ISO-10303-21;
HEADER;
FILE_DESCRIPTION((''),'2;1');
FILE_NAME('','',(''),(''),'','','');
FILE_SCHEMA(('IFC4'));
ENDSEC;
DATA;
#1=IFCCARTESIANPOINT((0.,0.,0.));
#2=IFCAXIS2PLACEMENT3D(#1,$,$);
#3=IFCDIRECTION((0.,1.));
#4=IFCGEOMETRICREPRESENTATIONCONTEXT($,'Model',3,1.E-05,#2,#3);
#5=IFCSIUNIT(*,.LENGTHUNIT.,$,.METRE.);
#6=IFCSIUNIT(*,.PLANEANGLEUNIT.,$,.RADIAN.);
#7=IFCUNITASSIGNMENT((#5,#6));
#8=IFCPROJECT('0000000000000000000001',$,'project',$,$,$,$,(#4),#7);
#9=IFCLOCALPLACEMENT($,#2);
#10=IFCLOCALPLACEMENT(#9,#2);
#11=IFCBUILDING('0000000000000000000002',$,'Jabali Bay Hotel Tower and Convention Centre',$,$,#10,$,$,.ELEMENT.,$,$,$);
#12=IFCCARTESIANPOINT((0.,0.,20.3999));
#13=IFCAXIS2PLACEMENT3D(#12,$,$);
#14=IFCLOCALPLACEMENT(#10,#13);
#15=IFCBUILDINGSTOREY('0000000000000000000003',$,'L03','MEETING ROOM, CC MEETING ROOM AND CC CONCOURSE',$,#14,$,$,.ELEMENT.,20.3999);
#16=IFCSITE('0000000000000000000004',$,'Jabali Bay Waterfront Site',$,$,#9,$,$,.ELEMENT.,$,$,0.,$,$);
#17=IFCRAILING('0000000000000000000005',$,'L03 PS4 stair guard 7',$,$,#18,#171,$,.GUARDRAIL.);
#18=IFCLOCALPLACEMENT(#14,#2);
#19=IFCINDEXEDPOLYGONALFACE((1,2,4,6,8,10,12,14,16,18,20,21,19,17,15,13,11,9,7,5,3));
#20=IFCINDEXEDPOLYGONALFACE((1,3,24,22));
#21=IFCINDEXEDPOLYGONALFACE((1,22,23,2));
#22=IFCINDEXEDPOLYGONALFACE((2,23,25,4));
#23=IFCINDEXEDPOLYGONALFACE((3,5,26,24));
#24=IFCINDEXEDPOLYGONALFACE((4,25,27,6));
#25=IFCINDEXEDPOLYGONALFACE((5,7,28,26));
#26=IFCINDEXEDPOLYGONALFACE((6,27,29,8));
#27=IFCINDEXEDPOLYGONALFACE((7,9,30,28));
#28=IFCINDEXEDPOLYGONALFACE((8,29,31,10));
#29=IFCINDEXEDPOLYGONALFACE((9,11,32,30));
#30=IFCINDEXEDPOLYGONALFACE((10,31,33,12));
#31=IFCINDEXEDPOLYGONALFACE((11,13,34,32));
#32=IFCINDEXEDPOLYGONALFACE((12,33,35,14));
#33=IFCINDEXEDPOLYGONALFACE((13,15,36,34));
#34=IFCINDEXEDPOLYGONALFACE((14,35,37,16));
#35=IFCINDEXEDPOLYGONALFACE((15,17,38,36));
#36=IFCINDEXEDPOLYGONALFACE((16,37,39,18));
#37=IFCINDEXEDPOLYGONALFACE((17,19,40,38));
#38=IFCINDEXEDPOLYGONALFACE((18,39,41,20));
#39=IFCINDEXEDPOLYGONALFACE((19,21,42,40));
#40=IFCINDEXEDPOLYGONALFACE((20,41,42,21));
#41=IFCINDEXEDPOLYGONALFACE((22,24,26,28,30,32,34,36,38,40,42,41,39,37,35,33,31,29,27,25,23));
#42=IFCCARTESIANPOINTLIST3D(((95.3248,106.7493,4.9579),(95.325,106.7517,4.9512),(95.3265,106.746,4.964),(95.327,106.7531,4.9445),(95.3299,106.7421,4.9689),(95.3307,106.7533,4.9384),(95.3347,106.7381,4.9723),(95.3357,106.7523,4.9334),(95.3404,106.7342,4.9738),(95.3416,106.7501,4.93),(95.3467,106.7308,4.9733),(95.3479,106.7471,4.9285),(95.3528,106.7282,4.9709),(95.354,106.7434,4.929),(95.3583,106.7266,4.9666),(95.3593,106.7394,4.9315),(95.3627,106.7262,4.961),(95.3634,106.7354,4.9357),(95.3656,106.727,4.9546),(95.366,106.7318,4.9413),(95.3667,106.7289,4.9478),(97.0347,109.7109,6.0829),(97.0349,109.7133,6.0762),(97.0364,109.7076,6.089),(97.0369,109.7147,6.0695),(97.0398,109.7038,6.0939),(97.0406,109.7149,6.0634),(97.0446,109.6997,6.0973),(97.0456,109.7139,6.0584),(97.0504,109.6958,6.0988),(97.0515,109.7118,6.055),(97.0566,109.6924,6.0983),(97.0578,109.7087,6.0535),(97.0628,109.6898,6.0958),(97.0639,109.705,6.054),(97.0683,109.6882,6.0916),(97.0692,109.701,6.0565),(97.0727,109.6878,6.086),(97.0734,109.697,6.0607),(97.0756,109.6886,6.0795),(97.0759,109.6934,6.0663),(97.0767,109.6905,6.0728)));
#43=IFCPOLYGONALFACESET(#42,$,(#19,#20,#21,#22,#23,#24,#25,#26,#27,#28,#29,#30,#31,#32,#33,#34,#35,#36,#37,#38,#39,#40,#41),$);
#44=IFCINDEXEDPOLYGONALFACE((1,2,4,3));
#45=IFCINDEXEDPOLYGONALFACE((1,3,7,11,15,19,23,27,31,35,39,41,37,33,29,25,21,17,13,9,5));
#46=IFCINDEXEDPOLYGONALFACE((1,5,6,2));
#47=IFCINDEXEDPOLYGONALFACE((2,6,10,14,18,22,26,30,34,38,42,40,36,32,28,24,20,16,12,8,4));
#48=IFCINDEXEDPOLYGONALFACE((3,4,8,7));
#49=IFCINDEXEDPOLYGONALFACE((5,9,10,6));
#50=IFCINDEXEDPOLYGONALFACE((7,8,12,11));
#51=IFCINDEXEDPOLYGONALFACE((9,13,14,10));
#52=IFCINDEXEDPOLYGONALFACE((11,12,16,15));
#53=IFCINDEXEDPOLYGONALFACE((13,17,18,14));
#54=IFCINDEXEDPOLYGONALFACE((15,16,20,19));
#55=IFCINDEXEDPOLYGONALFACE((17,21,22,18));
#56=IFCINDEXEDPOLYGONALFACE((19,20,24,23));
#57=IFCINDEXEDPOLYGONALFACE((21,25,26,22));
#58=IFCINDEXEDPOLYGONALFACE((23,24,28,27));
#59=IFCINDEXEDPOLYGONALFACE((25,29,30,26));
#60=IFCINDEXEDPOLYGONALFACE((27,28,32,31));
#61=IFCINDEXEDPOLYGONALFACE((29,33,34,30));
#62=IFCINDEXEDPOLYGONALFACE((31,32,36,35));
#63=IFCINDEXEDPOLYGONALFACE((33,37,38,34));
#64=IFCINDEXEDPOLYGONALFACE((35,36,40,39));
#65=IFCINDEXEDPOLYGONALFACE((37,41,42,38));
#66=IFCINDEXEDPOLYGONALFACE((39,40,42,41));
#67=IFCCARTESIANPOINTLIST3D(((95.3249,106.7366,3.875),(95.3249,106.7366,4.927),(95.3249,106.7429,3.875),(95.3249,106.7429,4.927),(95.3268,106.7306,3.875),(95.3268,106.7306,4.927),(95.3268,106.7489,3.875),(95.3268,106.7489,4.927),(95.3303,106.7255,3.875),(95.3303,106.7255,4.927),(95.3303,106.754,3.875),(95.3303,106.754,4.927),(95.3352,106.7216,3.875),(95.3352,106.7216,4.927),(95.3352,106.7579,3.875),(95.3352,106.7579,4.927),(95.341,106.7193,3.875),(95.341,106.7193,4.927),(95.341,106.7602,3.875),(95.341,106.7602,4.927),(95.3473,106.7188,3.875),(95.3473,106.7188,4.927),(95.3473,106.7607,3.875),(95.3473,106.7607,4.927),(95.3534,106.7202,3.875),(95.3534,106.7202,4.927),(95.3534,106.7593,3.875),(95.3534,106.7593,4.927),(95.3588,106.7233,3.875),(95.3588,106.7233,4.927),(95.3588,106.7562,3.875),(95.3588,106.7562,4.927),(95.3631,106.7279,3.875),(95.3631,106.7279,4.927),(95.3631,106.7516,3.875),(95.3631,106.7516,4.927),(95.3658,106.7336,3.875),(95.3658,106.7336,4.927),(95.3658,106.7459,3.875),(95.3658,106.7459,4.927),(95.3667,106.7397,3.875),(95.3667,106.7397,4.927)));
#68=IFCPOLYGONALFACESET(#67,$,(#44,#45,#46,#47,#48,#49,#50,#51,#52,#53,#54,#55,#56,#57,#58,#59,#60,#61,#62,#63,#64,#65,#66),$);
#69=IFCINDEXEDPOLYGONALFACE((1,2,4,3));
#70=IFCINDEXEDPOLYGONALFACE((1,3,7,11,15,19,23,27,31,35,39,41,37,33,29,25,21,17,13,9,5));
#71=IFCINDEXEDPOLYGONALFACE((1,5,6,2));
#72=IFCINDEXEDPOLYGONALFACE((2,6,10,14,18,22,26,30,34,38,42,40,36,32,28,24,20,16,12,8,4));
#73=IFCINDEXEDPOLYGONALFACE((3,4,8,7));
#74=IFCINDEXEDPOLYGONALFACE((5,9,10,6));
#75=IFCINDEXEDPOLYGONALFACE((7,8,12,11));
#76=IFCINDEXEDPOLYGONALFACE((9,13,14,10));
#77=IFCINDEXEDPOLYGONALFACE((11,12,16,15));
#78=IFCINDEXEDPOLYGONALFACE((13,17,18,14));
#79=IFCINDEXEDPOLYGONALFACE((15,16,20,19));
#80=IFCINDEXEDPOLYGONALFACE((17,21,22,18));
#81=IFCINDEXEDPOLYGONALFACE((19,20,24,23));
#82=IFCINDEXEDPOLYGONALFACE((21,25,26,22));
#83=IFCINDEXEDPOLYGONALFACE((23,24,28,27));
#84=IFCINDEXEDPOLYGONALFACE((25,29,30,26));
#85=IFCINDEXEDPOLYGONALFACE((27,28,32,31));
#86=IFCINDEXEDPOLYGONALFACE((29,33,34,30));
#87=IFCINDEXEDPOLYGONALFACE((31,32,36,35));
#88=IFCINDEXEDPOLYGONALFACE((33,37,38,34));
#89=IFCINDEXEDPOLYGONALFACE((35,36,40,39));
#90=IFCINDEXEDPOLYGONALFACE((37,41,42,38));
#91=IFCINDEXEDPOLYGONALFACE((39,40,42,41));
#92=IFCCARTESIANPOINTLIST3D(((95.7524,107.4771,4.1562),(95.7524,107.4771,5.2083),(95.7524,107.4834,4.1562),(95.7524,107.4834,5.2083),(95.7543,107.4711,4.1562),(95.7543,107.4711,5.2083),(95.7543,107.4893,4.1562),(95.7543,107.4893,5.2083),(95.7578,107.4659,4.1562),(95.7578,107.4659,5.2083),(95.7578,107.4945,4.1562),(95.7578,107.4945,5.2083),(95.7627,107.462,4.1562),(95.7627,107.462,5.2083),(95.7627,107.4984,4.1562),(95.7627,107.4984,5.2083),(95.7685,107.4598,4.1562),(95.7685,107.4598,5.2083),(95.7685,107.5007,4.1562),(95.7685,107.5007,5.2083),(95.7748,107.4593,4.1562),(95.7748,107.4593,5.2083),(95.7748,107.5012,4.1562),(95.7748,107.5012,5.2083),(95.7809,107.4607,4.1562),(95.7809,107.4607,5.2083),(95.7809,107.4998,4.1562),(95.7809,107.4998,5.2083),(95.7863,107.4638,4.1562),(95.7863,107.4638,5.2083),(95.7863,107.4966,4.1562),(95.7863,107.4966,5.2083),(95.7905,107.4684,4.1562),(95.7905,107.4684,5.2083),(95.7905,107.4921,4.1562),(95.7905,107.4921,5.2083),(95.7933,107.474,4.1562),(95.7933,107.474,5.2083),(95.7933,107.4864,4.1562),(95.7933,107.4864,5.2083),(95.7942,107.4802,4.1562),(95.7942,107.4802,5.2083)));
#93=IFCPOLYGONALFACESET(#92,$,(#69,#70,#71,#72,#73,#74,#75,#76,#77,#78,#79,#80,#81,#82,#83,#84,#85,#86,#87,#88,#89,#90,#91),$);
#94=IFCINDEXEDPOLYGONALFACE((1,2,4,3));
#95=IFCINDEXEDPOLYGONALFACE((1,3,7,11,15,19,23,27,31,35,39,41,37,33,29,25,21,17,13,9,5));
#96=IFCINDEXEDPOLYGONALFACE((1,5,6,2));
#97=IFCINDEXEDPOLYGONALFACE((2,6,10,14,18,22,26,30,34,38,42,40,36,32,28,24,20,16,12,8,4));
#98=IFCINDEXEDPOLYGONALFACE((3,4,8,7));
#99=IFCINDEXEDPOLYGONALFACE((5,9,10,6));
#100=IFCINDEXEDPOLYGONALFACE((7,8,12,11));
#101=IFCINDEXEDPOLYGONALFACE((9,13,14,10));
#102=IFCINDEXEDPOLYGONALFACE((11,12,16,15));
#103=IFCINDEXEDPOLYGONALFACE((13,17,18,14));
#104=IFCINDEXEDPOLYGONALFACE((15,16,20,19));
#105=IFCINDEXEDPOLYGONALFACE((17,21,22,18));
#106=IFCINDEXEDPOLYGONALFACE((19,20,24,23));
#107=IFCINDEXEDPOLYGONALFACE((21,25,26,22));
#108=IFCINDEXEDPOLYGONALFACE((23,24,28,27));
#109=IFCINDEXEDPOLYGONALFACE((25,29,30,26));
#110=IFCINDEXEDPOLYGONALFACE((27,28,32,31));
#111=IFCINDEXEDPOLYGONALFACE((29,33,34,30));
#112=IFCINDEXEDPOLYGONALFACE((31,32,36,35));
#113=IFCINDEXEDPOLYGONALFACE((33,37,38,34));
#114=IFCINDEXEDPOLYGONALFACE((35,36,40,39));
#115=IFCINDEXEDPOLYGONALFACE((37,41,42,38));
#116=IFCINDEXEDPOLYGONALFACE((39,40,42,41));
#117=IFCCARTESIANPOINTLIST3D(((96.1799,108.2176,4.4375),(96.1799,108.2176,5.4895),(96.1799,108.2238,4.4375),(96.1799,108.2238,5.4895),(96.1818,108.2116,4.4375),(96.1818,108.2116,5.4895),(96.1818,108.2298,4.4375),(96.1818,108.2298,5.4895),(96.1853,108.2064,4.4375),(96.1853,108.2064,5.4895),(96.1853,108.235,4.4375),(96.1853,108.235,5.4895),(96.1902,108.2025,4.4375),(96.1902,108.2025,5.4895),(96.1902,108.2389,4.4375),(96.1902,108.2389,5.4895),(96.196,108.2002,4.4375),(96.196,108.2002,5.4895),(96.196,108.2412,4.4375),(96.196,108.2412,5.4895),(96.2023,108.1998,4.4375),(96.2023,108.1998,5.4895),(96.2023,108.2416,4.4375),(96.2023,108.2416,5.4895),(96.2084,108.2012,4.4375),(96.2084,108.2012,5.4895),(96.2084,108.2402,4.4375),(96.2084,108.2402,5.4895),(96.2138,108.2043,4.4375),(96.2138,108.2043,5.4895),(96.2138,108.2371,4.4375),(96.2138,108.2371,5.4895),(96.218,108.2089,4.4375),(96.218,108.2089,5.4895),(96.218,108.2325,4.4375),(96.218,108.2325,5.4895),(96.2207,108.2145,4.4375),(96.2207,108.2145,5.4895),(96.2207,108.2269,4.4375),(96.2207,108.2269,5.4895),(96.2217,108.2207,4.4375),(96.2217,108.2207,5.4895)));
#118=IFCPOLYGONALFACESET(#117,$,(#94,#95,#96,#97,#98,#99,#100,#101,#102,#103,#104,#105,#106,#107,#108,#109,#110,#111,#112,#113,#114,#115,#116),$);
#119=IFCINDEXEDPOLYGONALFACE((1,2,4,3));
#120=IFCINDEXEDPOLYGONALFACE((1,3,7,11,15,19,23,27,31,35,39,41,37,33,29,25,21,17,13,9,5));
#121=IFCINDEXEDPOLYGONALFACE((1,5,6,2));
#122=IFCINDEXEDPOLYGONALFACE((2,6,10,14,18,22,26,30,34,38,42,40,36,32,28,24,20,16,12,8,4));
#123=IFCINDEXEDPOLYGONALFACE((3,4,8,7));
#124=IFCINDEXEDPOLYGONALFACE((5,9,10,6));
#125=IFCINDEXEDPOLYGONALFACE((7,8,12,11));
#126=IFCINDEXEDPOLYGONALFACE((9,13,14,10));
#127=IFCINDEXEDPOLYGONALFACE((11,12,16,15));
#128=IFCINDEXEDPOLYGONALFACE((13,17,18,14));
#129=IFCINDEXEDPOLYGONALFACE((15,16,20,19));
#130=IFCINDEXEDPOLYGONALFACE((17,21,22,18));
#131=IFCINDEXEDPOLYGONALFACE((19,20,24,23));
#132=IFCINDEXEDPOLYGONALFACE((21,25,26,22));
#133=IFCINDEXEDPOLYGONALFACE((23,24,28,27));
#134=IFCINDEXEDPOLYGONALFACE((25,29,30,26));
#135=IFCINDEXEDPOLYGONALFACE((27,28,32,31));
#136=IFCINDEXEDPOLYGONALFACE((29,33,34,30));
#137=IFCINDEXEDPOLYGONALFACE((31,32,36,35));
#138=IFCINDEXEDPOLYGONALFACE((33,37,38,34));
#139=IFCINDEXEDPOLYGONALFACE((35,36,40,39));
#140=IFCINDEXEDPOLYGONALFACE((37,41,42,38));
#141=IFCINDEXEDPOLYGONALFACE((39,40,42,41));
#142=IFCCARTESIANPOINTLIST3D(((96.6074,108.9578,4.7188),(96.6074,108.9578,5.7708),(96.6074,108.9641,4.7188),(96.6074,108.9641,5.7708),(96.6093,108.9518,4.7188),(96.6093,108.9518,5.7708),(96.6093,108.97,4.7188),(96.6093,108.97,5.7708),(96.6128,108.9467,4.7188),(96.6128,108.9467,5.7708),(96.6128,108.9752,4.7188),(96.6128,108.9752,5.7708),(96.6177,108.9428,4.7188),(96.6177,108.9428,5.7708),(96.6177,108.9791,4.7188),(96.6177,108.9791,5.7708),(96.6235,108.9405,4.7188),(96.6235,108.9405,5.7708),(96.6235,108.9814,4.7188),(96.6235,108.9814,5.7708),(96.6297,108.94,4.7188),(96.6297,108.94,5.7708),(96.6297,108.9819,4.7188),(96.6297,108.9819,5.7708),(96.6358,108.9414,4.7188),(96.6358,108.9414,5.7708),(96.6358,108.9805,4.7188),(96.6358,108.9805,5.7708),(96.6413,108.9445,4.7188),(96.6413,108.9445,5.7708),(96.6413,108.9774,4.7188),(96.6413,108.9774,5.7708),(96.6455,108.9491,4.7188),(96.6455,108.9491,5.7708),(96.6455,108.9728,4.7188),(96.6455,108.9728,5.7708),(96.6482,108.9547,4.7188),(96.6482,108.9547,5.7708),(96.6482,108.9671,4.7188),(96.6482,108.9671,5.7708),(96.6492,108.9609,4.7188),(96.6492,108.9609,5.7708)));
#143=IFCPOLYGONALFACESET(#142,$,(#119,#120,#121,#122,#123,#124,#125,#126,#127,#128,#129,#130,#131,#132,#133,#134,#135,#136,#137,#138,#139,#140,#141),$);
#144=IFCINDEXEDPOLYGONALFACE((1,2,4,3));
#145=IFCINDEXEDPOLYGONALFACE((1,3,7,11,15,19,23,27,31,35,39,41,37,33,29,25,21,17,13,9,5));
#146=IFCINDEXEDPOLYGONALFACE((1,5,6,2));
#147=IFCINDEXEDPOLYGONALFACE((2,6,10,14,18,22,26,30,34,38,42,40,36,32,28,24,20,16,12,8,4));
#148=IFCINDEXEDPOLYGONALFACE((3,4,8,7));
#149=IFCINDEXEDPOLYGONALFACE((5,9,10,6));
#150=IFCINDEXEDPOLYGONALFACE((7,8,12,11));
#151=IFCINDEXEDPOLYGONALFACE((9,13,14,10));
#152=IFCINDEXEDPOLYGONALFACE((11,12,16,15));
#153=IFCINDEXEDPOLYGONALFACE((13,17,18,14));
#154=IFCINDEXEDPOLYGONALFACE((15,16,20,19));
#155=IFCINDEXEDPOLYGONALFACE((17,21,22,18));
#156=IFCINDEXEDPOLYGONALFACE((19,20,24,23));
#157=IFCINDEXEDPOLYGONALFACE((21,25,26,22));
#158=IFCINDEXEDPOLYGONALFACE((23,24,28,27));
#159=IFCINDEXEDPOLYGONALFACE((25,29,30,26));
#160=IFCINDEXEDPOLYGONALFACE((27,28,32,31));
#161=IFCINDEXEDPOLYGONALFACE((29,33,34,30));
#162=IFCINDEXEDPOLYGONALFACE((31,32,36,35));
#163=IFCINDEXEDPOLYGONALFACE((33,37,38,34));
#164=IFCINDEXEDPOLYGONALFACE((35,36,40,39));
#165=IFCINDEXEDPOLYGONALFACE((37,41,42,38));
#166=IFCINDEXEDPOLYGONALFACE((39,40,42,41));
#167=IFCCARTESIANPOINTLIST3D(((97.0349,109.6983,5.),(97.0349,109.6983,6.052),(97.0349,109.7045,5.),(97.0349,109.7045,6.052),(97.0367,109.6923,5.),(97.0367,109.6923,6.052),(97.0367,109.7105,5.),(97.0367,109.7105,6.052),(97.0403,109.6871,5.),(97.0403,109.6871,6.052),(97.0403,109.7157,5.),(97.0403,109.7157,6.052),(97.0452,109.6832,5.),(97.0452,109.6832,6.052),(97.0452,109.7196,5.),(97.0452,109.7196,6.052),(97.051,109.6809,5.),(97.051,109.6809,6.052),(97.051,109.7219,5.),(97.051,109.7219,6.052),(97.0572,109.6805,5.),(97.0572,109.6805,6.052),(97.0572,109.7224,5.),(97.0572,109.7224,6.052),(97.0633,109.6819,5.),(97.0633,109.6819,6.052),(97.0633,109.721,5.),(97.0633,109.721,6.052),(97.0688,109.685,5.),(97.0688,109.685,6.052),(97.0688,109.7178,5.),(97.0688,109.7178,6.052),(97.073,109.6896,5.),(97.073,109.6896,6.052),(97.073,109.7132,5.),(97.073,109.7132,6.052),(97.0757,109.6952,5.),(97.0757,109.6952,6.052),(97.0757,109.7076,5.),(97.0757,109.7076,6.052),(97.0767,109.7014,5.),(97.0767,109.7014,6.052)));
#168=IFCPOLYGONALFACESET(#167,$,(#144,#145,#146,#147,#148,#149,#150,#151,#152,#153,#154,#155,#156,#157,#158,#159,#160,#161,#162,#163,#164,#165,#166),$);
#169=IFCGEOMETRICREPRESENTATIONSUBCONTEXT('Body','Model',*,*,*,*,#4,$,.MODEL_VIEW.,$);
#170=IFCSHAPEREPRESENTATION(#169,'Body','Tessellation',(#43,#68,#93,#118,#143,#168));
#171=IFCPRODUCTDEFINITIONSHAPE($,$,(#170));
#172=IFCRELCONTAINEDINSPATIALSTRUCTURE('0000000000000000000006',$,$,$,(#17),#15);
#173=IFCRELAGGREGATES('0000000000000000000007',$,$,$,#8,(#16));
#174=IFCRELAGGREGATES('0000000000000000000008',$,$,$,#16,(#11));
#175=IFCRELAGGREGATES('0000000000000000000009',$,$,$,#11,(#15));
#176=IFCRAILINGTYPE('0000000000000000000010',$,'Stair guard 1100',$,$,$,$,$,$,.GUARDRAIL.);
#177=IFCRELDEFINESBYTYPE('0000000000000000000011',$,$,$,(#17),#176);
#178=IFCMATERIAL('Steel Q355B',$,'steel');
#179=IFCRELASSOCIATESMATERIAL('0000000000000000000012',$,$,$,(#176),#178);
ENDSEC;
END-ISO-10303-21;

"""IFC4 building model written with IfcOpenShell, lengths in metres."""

from ifc_helpers import new_model, si_unit, direction, frame, origin, origin_2d, place, context, subcontext, project, spatial, circle, extrude, material, type_object, element, save


model = new_model("IFC4")

# Units and contexts
model_context = context("Model", 3, precision=1e-05, world=origin(), true_north=direction((0.0, 1.0)))
body_context = subcontext(model_context, "Body", "Model", "MODEL_VIEW")
ifc_project = project(units=[si_unit("LENGTHUNIT", "METRE"), si_unit("PLANEANGLEUNIT", "RADIAN")], contexts=[model_context])

# Site, building, storey
site_placement = place(None, origin())
site = spatial("IfcSite", under=ifc_project, at=site_placement, Name="Jabali Bay Waterfront Site", CompositionType="ELEMENT", RefElevation=0.0)
building_placement = place(site_placement, origin())
building = spatial("IfcBuilding", under=site, at=building_placement, Name="Jabali Bay Hotel Tower and Convention Centre", CompositionType="ELEMENT")
storey_placement = place(building_placement, frame((0.0, 0.0, 20.3999)))
storey = spatial("IfcBuildingStorey", under=building, at=storey_placement, Name="L03", Description="MEETING ROOM, CC MEETING ROOM AND CC CONCOURSE", CompositionType="ELEMENT", Elevation=20.3999)

# Railing
ifc_material_1 = material(Name="Steel Q355B", Category="steel")
railing_type_1 = type_object("IfcRailingType", Name="Stair guard 1100", PredefinedType="GUARDRAIL", material=ifc_material_1)
railing_1_placement = place(storey_placement, frame((95.3457, 106.7397, 3.875)))
element("IfcRailing", 1, at=railing_1_placement, inside=storey, type_object=railing_type_1, Name="L03 PS4 stair guard 7", PredefinedType="GUARDRAIL", context=body_context, shape_type="SweptSolid", body=[
    extrude(circle(Radius=0.0239, at=origin_2d()), frame((0.0, 0.0, 1.0762), z_axis=(0.474969, 0.822652, 0.312487), x_axis=(-0.86602, 0.500009, 0.0)), (0.0, 0.0, 1.0), 3.6001),
    extrude(circle(Radius=0.021, at=origin_2d()), origin(), (0.0, 0.0, 1.0), 1.052),
    extrude(circle(Radius=0.021, at=origin_2d()), frame((0.4275, 0.7405, 0.2812)), (0.0, 0.0, 1.0), 1.052),
    extrude(circle(Radius=0.021, at=origin_2d()), frame((0.855, 1.481, 0.5625)), (0.0, 0.0, 1.0), 1.052),
    extrude(circle(Radius=0.021, at=origin_2d()), frame((1.2825, 2.2212, 0.8438)), (0.0, 0.0, 1.0), 1.052),
    extrude(circle(Radius=0.021, at=origin_2d()), frame((1.71, 2.9617, 1.125)), (0.0, 0.0, 1.0), 1.052),
])

save(model, "model.ifc")
